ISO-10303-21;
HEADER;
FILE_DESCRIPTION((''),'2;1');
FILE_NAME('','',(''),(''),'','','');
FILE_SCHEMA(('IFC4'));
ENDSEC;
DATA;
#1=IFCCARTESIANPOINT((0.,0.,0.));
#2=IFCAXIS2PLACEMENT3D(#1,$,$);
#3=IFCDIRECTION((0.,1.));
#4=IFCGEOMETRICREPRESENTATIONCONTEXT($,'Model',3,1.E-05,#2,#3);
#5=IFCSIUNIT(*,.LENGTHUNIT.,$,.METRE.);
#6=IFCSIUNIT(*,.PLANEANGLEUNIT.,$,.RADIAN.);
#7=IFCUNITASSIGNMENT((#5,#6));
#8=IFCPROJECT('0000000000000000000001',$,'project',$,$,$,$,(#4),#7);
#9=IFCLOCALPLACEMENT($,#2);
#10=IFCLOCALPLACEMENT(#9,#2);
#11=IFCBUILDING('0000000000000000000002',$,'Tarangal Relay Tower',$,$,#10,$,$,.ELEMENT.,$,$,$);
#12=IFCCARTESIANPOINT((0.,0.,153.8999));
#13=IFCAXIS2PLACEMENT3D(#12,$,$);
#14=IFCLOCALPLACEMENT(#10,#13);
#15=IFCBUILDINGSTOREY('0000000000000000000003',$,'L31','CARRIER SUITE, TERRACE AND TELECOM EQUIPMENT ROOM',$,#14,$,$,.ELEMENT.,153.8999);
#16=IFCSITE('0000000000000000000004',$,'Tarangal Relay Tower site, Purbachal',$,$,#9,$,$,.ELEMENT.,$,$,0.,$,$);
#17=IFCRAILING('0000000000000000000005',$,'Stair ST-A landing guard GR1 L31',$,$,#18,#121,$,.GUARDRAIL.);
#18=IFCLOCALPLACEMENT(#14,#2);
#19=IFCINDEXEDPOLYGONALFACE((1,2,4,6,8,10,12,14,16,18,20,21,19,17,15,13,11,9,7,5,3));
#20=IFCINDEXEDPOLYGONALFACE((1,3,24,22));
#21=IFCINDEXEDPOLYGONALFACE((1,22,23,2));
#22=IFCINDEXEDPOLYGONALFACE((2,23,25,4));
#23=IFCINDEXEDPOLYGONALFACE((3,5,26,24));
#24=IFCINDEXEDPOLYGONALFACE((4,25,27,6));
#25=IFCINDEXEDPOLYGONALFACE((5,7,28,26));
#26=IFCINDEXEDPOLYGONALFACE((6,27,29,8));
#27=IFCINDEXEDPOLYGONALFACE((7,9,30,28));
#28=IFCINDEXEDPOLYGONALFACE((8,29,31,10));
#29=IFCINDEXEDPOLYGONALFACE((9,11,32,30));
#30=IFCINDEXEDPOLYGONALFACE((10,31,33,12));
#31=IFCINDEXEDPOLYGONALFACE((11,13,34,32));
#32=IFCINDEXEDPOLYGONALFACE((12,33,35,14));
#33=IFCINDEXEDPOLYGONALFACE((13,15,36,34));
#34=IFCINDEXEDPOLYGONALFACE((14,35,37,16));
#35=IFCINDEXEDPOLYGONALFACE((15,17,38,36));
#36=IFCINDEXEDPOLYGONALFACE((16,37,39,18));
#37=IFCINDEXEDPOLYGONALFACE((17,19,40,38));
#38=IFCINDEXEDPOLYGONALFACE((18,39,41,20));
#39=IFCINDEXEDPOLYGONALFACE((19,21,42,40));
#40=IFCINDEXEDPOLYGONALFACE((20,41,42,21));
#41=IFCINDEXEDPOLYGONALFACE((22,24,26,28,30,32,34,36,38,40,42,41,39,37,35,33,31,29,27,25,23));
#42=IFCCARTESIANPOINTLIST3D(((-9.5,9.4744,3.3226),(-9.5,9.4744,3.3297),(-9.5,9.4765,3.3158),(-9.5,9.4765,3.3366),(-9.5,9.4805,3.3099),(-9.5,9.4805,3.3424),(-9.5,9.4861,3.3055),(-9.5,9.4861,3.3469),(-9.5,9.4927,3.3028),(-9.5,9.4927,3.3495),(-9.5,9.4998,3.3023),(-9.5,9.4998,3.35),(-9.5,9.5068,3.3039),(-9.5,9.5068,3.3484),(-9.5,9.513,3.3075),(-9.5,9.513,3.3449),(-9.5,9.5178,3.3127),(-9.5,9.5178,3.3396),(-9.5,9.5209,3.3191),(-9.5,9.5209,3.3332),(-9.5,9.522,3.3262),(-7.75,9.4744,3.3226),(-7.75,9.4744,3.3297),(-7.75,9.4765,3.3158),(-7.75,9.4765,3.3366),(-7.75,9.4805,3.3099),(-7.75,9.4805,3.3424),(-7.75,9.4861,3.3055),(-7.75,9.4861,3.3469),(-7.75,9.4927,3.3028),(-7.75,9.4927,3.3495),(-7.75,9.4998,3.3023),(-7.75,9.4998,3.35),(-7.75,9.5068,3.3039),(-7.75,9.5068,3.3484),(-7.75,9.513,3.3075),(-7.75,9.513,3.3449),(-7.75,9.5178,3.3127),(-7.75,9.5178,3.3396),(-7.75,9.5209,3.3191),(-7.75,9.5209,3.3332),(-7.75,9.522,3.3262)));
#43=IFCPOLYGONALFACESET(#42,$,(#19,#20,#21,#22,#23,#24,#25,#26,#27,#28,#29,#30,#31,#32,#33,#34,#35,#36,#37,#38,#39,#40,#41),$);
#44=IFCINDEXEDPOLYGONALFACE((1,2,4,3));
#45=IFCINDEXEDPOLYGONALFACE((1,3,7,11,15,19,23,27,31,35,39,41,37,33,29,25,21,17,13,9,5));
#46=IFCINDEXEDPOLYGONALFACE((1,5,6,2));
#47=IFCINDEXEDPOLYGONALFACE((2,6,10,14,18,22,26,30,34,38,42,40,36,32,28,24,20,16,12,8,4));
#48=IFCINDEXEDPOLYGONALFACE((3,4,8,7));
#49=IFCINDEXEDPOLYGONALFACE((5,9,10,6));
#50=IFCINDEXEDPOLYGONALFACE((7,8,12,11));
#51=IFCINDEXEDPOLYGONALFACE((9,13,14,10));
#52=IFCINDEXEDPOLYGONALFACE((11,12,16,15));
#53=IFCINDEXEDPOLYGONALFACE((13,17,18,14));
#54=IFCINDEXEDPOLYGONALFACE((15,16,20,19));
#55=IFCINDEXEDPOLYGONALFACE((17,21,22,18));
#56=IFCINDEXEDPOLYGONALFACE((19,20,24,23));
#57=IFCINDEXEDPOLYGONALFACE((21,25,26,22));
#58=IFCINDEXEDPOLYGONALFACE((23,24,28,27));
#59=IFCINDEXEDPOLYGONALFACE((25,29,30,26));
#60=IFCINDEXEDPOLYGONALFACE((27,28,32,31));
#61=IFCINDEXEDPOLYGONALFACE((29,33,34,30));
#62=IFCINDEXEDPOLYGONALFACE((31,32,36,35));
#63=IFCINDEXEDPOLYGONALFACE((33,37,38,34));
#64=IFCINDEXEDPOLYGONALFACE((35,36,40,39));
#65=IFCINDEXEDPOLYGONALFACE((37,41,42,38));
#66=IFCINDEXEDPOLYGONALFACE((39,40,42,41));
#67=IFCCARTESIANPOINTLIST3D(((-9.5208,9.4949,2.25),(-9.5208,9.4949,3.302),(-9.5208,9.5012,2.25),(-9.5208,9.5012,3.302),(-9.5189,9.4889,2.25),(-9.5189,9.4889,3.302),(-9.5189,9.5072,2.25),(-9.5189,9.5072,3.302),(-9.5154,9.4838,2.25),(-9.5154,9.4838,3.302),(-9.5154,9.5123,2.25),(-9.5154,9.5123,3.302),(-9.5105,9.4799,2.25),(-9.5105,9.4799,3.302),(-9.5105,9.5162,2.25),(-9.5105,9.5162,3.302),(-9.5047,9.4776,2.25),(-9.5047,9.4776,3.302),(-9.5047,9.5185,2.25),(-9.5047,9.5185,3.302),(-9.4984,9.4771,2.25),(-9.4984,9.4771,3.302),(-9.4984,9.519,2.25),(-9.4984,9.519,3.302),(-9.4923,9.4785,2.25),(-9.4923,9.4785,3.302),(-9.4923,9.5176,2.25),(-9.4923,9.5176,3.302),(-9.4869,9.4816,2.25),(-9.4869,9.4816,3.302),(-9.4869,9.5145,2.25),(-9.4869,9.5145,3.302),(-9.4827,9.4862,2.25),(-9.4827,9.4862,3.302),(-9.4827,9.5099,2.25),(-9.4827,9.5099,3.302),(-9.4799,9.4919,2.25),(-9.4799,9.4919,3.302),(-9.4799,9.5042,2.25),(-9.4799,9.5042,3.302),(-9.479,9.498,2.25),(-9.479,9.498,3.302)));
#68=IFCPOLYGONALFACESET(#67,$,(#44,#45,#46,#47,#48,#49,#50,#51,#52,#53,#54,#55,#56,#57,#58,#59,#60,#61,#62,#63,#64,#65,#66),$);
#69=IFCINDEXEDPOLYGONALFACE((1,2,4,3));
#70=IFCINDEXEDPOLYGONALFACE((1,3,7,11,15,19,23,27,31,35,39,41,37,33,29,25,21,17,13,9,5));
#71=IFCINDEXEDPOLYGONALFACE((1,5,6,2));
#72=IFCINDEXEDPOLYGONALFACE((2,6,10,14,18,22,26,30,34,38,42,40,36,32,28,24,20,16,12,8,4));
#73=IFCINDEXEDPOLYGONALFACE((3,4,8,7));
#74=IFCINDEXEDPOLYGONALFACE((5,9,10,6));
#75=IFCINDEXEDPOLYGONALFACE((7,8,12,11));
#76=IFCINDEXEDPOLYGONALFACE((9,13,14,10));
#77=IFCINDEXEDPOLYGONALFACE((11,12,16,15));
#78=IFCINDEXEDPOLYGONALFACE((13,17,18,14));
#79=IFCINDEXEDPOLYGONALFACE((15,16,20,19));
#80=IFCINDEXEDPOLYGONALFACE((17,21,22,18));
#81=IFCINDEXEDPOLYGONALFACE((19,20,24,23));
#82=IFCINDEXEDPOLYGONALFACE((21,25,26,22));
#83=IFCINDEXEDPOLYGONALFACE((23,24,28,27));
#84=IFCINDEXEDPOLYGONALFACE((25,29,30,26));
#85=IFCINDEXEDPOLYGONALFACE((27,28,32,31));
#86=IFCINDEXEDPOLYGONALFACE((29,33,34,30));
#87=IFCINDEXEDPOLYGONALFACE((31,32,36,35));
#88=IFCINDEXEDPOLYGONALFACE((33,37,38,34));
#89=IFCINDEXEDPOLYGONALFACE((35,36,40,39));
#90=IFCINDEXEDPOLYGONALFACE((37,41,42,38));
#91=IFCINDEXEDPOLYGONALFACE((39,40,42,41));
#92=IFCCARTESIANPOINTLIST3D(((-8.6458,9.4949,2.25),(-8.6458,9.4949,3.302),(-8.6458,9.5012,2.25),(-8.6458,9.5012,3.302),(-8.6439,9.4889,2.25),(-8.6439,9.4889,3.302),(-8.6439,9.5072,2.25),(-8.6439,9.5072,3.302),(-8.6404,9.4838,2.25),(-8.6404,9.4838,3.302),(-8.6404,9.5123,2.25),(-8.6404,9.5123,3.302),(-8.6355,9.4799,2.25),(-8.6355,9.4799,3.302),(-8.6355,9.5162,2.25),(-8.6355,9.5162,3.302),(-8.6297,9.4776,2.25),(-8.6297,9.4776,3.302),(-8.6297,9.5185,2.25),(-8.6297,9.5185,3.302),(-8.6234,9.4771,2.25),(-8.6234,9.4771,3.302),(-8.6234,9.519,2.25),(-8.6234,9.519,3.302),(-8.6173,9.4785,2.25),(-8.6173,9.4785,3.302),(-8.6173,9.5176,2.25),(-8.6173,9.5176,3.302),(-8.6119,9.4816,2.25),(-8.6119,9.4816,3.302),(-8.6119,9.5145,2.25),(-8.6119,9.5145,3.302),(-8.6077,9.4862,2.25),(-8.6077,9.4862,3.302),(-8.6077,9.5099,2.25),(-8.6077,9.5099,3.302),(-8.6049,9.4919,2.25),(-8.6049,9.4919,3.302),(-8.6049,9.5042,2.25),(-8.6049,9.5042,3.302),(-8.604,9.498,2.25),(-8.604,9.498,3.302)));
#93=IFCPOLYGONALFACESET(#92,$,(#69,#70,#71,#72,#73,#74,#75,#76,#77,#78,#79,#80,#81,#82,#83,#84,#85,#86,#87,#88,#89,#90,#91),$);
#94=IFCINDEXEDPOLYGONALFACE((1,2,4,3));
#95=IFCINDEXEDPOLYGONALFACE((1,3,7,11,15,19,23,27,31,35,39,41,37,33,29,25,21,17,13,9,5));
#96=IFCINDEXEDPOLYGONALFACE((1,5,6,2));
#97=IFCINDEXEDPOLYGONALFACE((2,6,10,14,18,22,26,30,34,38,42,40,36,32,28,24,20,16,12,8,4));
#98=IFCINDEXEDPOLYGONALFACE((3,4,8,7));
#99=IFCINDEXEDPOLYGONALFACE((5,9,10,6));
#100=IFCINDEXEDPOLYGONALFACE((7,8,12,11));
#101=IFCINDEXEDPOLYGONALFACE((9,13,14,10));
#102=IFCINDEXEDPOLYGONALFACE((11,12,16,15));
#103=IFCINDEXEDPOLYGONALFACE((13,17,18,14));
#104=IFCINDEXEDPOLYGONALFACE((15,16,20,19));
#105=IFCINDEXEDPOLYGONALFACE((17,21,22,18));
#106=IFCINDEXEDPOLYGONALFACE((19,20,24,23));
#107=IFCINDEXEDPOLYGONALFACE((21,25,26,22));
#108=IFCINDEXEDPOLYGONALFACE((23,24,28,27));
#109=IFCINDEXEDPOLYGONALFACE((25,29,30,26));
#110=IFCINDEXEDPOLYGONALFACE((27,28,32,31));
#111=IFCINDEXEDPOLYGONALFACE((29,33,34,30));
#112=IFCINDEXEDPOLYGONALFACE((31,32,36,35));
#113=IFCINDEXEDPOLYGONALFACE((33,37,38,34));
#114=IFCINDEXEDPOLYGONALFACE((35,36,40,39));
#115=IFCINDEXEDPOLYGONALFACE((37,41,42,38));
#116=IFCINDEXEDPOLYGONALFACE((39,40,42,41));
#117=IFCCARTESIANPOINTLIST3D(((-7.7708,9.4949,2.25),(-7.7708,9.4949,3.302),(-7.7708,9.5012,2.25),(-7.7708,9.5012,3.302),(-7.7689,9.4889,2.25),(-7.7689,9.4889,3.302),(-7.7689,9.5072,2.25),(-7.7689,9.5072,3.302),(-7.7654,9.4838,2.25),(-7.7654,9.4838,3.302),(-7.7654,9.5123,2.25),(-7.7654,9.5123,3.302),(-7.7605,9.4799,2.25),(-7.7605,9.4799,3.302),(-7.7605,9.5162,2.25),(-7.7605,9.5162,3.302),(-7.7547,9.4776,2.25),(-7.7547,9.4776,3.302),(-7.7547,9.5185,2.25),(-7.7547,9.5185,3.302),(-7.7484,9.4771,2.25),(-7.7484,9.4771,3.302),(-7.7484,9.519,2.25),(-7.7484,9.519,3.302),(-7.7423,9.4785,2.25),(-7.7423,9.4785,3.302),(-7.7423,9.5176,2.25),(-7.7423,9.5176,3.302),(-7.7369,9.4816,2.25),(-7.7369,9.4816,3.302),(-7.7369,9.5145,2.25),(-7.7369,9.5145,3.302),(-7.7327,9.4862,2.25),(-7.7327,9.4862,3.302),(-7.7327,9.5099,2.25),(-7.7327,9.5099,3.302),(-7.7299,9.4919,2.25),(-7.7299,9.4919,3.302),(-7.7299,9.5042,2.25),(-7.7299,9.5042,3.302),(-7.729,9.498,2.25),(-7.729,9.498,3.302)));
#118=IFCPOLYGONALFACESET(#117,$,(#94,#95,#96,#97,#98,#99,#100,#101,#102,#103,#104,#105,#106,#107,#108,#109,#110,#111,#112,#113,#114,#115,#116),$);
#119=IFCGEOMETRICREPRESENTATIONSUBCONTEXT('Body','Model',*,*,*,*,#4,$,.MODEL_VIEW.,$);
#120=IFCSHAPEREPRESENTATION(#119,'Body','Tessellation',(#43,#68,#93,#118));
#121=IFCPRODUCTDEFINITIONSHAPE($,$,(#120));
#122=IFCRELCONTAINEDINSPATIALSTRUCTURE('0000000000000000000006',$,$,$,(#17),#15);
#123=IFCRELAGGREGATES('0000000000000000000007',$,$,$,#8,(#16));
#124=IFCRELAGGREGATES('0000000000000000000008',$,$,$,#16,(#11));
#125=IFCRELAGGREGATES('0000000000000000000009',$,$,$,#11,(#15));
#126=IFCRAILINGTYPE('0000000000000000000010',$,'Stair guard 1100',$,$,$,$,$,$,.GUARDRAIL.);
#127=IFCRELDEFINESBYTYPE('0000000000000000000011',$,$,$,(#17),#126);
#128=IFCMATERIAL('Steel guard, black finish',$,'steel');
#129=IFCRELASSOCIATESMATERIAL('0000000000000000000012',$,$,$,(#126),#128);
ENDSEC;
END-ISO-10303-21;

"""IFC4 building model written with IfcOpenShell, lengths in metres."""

from ifc_helpers import new_model, si_unit, direction, frame, origin, origin_2d, place, context, subcontext, project, spatial, circle, extrude, material, type_object, element, save


model = new_model("IFC4")

# Units and contexts
model_context = context("Model", 3, precision=1e-05, world=origin(), true_north=direction((0.0, 1.0)))
body_context = subcontext(model_context, "Body", "Model", "MODEL_VIEW")
ifc_project = project(units=[si_unit("LENGTHUNIT", "METRE"), si_unit("PLANEANGLEUNIT", "RADIAN")], contexts=[model_context])

# Site, building, storey
site_placement = place(None, origin())
site = spatial("IfcSite", under=ifc_project, at=site_placement, Name="Tarangal Relay Tower site, Purbachal", CompositionType="ELEMENT", RefElevation=0.0)
building_placement = place(site_placement, origin())
building = spatial("IfcBuilding", under=site, at=building_placement, Name="Tarangal Relay Tower", CompositionType="ELEMENT")
storey_placement = place(building_placement, frame((0.0, 0.0, 153.8999)))
storey = spatial("IfcBuildingStorey", under=building, at=storey_placement, Name="L31", Description="CARRIER SUITE, TERRACE AND TELECOM EQUIPMENT ROOM", CompositionType="ELEMENT", Elevation=153.8999)

# Railing
ifc_material_1 = material(Name="Steel guard, black finish", Category="steel")
railing_type_1 = type_object("IfcRailingType", Name="Stair guard 1100", PredefinedType="GUARDRAIL", material=ifc_material_1)
railing_1_placement = place(storey_placement, frame((-9.5, 9.498, 2.25)))
element("IfcRailing", 1, at=railing_1_placement, inside=storey, type_object=railing_type_1, Name="Stair ST-A landing guard GR1 L31", PredefinedType="GUARDRAIL", context=body_context, shape_type="SweptSolid", body=[
    extrude(circle(Radius=0.0239, at=origin_2d()), frame((0.0, 0.0, 1.0762), z_axis=(1.0, 0.0, 0.0), x_axis=(0.0, 1.0, 0.0)), (0.0, 0.0, 1.0), 1.75),
    extrude(circle(Radius=0.021, at=origin_2d()), origin(), (0.0, 0.0, 1.0), 1.052),
    extrude(circle(Radius=0.021, at=origin_2d()), frame((0.875, 0.0, 0.0)), (0.0, 0.0, 1.0), 1.052),
    extrude(circle(Radius=0.021, at=origin_2d()), frame((1.75, 0.0, 0.0)), (0.0, 0.0, 1.0), 1.052),
])

save(model, "model.ifc")
